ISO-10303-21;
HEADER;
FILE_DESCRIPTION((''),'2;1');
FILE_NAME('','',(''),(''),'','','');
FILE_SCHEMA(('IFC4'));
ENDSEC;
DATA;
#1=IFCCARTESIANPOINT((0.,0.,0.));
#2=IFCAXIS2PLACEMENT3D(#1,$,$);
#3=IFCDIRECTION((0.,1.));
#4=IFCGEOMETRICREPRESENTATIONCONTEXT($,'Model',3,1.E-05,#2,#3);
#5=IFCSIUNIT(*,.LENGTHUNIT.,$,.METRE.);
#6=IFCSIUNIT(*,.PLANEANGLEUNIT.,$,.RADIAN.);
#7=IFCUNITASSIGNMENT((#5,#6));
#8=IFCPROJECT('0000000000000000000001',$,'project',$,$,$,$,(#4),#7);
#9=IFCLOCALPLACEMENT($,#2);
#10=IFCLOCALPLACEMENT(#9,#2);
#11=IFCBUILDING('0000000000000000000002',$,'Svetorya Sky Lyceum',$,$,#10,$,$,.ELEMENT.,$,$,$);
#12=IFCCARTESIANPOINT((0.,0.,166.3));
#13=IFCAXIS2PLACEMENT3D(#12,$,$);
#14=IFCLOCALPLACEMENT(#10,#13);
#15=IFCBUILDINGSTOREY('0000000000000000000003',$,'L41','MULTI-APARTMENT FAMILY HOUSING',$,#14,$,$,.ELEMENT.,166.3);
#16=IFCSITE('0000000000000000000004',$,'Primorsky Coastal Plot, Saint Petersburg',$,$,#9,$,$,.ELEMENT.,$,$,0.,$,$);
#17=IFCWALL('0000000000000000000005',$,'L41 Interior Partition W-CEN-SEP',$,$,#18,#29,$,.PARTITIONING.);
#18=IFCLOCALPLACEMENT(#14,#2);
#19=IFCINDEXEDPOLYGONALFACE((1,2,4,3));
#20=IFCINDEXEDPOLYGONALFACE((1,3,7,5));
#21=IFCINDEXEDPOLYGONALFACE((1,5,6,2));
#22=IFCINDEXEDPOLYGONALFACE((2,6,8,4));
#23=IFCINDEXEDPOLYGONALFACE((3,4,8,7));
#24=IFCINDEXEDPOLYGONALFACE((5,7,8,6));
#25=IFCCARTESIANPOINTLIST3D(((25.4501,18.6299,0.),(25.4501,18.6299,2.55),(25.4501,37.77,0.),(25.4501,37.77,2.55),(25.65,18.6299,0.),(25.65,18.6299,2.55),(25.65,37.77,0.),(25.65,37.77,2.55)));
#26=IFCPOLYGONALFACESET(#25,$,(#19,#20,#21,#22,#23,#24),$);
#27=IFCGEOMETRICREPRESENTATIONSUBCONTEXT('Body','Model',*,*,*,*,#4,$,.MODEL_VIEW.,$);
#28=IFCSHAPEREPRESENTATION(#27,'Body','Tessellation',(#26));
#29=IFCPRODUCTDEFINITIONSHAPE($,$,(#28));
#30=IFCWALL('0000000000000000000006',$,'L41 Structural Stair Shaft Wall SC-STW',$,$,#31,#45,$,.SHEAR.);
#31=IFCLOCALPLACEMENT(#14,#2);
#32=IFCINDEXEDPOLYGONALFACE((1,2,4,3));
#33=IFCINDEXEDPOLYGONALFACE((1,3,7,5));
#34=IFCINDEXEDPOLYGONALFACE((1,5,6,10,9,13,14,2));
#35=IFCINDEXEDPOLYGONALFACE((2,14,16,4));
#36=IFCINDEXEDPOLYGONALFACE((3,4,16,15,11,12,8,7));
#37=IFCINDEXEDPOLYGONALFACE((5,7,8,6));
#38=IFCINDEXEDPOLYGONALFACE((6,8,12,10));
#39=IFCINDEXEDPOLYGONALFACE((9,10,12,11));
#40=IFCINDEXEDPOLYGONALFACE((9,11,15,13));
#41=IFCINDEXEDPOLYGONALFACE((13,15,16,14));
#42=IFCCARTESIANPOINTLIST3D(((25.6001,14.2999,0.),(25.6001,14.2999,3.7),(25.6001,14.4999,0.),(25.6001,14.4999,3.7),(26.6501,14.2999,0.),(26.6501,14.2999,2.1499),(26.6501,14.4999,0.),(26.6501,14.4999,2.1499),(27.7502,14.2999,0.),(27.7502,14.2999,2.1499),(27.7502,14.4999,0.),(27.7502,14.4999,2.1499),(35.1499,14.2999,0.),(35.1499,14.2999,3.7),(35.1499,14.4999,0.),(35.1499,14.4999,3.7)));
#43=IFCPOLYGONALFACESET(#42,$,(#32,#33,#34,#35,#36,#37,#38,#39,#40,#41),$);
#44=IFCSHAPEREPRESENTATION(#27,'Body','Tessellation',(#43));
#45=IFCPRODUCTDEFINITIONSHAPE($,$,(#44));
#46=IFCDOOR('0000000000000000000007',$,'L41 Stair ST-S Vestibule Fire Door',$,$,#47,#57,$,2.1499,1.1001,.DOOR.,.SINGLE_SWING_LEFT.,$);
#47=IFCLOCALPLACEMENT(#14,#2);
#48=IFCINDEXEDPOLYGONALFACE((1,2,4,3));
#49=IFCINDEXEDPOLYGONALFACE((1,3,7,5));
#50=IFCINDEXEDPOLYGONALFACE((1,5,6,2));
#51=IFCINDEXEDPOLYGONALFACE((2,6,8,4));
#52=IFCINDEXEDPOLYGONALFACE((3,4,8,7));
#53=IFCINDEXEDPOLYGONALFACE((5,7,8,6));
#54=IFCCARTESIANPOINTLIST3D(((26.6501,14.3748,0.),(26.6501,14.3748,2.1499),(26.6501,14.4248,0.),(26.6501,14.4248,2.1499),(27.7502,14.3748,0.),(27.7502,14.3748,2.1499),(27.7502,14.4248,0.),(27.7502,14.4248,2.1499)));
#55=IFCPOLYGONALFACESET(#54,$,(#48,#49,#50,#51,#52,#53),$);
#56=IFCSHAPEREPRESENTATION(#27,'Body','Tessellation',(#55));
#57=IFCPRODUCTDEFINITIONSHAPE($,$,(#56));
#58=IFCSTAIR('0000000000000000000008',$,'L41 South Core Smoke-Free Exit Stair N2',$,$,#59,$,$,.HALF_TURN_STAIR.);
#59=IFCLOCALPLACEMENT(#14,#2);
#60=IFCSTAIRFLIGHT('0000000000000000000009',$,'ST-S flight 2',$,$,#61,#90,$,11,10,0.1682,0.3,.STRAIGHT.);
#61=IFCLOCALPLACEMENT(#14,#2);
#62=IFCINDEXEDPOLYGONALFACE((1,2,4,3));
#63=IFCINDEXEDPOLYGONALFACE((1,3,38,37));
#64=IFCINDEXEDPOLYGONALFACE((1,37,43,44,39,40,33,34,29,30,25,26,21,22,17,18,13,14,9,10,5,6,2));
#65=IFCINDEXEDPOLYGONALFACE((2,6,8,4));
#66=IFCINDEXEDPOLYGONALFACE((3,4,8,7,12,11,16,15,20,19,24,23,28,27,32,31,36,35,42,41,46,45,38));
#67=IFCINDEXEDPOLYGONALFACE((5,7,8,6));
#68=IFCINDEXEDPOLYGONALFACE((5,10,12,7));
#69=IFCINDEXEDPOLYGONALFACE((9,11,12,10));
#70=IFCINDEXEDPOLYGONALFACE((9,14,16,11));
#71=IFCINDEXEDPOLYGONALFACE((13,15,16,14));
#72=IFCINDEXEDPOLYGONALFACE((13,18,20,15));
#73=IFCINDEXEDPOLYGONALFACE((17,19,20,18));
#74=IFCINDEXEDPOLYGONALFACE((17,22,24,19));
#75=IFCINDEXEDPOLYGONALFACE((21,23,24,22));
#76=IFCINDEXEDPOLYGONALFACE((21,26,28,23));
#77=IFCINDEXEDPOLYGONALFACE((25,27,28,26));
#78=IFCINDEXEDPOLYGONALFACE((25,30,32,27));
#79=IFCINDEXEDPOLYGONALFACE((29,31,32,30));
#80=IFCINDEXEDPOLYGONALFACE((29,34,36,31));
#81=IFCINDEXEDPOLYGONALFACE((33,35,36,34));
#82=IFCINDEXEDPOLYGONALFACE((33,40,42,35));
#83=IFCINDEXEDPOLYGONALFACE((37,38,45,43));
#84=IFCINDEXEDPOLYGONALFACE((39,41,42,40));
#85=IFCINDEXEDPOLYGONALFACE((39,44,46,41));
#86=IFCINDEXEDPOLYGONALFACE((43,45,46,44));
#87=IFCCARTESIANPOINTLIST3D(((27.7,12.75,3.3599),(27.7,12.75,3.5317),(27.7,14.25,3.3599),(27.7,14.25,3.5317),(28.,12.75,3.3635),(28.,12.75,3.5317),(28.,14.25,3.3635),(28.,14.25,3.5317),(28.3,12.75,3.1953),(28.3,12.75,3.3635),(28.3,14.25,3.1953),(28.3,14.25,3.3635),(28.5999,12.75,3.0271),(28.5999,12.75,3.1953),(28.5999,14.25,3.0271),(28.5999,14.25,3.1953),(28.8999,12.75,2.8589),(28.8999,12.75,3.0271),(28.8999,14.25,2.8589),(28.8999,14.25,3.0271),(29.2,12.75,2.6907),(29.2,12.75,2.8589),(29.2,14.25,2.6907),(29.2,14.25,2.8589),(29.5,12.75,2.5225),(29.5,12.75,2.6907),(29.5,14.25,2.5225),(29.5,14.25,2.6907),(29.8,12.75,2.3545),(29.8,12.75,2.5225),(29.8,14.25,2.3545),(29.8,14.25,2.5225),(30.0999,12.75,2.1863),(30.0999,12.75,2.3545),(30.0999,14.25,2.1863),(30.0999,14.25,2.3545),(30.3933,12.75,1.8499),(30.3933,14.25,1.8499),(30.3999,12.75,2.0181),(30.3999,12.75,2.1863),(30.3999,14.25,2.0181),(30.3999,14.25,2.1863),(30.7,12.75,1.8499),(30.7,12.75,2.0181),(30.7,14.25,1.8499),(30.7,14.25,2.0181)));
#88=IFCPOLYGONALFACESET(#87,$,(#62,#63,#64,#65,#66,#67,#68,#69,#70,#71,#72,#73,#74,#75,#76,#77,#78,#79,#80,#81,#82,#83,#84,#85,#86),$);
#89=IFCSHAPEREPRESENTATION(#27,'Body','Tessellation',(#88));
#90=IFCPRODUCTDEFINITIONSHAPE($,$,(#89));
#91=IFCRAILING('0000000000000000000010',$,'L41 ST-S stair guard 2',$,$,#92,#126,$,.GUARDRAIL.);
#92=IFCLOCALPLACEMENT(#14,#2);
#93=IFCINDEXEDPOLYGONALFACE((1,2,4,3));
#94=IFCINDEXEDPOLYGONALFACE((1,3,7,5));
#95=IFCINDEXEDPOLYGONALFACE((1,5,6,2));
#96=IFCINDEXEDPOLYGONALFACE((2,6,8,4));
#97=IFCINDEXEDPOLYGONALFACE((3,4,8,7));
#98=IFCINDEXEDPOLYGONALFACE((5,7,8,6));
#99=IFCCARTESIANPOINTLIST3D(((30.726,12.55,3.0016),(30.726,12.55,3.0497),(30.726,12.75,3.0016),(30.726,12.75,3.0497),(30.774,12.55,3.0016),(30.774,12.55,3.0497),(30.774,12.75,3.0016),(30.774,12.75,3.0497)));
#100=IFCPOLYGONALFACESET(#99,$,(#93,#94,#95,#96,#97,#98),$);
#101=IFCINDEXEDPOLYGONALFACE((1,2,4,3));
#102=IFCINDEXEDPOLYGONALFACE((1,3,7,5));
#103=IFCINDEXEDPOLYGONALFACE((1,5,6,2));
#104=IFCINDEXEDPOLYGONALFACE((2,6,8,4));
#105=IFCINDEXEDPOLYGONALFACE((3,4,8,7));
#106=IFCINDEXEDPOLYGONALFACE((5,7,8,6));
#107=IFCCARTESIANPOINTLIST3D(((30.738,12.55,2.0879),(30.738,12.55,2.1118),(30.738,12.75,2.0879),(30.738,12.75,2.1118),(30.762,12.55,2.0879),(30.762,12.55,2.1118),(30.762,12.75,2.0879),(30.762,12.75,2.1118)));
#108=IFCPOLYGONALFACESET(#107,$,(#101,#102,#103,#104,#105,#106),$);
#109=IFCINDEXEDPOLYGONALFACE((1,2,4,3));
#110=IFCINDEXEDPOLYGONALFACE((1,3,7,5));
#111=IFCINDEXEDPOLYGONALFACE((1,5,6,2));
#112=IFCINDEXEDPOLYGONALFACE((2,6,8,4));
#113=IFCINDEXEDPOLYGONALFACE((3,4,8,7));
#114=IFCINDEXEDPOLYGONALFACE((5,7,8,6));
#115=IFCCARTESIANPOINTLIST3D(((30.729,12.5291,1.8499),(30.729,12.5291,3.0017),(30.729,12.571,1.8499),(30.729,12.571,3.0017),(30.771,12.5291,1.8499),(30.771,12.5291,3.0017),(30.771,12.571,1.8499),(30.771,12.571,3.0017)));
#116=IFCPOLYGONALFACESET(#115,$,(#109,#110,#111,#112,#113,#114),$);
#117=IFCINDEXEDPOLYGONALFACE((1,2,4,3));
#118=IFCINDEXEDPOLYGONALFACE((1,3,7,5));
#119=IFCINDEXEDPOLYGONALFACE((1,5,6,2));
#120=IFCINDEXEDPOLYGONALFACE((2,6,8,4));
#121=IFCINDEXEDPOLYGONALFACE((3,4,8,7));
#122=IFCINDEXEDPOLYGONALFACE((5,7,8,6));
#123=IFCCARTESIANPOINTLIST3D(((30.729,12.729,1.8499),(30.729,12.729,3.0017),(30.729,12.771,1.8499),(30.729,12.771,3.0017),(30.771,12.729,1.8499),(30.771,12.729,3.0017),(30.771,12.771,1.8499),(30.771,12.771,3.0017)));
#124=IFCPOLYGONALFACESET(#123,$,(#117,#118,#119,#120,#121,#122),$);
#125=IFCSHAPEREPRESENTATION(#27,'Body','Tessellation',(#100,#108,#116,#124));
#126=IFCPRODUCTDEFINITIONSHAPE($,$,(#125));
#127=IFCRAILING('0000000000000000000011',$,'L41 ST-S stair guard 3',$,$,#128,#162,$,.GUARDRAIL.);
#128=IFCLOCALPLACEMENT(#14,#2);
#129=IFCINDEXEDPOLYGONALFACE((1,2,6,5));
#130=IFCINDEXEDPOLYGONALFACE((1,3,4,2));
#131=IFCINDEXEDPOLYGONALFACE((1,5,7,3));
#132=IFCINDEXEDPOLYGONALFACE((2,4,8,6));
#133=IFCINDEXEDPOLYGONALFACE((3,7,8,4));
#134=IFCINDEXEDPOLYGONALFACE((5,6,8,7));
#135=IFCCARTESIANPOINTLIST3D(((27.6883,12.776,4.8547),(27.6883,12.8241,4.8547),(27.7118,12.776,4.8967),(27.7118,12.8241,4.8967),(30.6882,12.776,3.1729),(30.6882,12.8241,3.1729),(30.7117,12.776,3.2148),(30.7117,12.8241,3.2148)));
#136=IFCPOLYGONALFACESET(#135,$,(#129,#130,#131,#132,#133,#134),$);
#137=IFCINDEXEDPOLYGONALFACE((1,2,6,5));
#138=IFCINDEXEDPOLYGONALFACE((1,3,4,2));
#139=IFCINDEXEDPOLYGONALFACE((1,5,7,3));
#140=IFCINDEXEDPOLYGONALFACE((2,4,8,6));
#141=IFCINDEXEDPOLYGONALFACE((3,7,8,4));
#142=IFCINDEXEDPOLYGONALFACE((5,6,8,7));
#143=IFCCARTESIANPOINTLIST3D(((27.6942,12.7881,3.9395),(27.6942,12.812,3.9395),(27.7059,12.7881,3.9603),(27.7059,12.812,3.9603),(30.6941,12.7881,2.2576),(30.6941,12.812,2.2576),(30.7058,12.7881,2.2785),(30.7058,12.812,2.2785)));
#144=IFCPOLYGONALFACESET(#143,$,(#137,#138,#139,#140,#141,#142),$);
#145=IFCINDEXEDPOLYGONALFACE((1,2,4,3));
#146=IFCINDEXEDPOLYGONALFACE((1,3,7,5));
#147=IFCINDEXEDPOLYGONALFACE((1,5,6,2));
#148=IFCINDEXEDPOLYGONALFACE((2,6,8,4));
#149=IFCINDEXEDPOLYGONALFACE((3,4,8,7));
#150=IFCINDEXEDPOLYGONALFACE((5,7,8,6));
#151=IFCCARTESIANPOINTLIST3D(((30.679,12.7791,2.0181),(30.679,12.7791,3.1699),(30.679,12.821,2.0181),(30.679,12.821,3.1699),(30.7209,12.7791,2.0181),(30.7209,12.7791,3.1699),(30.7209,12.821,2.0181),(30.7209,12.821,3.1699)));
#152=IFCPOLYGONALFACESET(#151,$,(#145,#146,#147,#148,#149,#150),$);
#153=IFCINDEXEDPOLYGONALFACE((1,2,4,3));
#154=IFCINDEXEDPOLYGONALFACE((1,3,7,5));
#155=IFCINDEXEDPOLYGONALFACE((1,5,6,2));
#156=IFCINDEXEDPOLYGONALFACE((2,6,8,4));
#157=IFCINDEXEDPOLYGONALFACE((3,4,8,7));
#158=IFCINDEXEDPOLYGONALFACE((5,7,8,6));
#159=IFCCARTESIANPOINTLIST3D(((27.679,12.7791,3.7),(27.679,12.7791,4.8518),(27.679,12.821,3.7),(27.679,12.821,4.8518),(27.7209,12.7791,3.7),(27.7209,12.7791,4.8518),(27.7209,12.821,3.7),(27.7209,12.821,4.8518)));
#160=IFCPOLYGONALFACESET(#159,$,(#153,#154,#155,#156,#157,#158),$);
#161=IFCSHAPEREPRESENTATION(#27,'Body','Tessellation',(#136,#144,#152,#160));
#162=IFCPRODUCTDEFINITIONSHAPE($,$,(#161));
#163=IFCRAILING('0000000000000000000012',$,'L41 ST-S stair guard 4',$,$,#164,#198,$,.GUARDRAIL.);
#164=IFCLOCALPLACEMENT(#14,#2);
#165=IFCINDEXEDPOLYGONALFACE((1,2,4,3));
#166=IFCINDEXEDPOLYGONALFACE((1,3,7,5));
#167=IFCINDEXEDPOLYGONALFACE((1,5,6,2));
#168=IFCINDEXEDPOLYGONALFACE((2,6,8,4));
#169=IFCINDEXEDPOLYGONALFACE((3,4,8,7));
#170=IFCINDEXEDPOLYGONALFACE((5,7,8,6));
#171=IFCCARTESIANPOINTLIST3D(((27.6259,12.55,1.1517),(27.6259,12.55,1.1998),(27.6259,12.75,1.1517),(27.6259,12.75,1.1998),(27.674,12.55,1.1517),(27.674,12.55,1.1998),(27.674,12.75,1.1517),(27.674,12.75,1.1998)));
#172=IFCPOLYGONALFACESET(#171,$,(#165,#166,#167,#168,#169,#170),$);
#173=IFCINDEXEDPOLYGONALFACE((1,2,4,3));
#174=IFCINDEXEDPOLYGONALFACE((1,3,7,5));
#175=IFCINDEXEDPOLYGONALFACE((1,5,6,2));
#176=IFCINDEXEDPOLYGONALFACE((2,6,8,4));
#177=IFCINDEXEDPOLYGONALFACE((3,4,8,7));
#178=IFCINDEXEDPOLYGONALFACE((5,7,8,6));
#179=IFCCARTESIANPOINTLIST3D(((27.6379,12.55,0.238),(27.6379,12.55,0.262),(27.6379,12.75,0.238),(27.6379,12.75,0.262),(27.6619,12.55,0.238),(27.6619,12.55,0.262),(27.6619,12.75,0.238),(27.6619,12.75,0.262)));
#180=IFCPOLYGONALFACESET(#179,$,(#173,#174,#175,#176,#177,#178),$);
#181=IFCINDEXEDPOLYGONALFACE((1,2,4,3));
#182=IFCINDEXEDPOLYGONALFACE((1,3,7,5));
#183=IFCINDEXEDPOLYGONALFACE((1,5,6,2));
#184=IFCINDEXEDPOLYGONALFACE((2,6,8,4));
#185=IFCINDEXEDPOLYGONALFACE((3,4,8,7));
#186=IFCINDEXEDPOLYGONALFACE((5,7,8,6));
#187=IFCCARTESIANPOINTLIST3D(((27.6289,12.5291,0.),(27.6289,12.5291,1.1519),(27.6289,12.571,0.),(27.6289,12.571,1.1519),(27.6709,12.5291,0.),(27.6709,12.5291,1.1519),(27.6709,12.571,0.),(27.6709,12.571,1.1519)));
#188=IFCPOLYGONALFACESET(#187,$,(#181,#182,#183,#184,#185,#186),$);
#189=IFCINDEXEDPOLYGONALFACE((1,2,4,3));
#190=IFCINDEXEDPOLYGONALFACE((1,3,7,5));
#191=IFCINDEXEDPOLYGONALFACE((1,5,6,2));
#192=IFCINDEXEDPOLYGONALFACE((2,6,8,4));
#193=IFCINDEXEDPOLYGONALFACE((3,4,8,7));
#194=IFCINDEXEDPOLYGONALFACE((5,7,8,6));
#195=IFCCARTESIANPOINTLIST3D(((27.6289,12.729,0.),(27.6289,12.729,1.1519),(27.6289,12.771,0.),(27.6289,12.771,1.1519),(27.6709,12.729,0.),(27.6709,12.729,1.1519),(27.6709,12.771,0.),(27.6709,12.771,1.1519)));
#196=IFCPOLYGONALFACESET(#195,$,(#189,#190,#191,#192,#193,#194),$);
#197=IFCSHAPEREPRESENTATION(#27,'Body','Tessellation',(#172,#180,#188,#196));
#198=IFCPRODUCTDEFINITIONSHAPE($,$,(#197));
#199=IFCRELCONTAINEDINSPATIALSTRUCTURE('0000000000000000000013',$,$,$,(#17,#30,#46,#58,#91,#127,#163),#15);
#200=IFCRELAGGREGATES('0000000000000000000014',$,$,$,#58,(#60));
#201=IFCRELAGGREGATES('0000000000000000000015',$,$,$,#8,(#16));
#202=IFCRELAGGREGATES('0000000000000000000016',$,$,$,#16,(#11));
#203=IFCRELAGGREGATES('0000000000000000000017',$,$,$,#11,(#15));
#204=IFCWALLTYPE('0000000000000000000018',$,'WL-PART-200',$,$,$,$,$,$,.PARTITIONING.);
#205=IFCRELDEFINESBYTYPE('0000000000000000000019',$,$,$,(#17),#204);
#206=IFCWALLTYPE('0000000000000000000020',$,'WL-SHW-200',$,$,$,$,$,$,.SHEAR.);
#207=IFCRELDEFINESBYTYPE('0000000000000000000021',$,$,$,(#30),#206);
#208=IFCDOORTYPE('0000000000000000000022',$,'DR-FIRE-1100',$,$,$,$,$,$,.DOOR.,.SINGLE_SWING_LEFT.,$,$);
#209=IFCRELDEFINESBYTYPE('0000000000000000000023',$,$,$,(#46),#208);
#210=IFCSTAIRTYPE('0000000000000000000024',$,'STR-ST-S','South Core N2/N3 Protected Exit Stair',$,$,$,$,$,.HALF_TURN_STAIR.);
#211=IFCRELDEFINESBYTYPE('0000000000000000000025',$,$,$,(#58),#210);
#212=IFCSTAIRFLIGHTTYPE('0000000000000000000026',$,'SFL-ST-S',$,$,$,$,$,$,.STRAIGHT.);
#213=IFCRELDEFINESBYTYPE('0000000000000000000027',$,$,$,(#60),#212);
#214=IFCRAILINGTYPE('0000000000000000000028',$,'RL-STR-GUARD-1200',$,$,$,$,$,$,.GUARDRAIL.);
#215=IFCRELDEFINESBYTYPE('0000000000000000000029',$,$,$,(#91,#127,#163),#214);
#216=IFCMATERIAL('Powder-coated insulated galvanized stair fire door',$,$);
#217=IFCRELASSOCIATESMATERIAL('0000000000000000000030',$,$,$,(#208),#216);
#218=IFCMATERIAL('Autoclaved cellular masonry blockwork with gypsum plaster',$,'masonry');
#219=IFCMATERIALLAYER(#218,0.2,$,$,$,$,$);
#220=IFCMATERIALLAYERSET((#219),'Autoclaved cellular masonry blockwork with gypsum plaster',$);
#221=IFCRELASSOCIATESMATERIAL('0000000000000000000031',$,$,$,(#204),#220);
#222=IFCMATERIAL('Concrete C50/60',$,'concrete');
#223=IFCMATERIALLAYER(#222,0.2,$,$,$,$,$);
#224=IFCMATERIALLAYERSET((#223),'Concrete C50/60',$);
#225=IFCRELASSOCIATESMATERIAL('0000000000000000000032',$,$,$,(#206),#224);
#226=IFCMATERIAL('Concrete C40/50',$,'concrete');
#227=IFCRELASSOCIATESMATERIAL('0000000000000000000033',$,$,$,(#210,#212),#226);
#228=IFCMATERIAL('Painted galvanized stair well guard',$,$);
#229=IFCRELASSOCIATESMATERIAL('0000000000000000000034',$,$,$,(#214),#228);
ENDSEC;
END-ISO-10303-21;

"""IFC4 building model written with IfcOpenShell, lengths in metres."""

from ifc_helpers import new_model, si_unit, direction, frame, frame_2d, origin, origin_2d, place, context, subcontext, project, spatial, polyline, rectangle, outline, extrude, material, layer, layer_set, type_object, element, fill, aggregate, save


model = new_model("IFC4")

# Units and contexts
model_context = context("Model", 3, precision=1e-05, world=origin(), true_north=direction((0.0, 1.0)))
body_context = subcontext(model_context, "Body", "Model", "MODEL_VIEW")
ifc_project = project(units=[si_unit("LENGTHUNIT", "METRE"), si_unit("PLANEANGLEUNIT", "RADIAN")], contexts=[model_context])

# Site, building, storey
site_placement = place(None, origin())
site = spatial("IfcSite", under=ifc_project, at=site_placement, Name="Primorsky Coastal Plot, Saint Petersburg", CompositionType="ELEMENT", RefElevation=0.0)
building_placement = place(site_placement, origin())
building = spatial("IfcBuilding", under=site, at=building_placement, Name="Svetorya Sky Lyceum", CompositionType="ELEMENT")
storey_placement = place(building_placement, frame((0.0, 0.0, 166.3)))
storey = spatial("IfcBuildingStorey", under=building, at=storey_placement, Name="L41", Description="MULTI-APARTMENT FAMILY HOUSING", CompositionType="ELEMENT", Elevation=166.3)

# Shared definitions
ifc_material_1 = material(Name="Concrete C50/60", Category="concrete")

# Shared definitions
ifc_material_2 = material(Name="Powder-coated insulated galvanized stair fire door")
door_type_1 = type_object("IfcDoorType", Name="DR-FIRE-1100", OperationType="SINGLE_SWING_LEFT", PredefinedType="DOOR", material=ifc_material_2)

# Wall
ifc_material_3 = material(Name="Autoclaved cellular masonry blockwork with gypsum plaster", Category="masonry")
ifc_layer_1 = layer(ifc_material_3, 0.2)
ifc_layer_set_1 = layer_set([ifc_layer_1], Name="Autoclaved cellular masonry blockwork with gypsum plaster")
wall_type_1 = type_object("IfcWallType", Name="WL-PART-200", PredefinedType="PARTITIONING", material=ifc_layer_set_1)
wall_1_placement = place(storey_placement, frame((25.55, 18.6299, 0.0), z_axis=(0.0, 0.0, 1.0), x_axis=(0.0, 1.0, 0.0)))
element("IfcWall", 1, at=wall_1_placement, inside=storey, type_object=wall_type_1, Name="L41 Interior Partition W-CEN-SEP", PredefinedType="PARTITIONING", context=body_context, shape_type="SweptSolid", body=[
    extrude(rectangle(XDim=19.1401, YDim=0.2, at=frame_2d((9.5701, 0.0))), origin(), (0.0, 0.0, 1.0), 2.55),
])

# Wall, opening, door
ifc_layer_2 = layer(ifc_material_1, 0.2)
ifc_layer_set_2 = layer_set([ifc_layer_2], Name="Concrete C50/60")
wall_type_2 = type_object("IfcWallType", Name="WL-SHW-200", PredefinedType="SHEAR", material=ifc_layer_set_2)
wall_2_placement = place(storey_placement, frame((25.6001, 14.3999, 0.0), z_axis=(0.0, 0.0, 1.0), x_axis=(1.0, 0.0, 0.0)))
wall_2 = element("IfcWall", 2, at=wall_2_placement, inside=storey, type_object=wall_type_2, Name="L41 Structural Stair Shaft Wall SC-STW", PredefinedType="SHEAR", context=body_context, shape_type="SweptSolid", body=[
    extrude(rectangle(XDim=9.5498, YDim=0.2, at=frame_2d((4.7749, 0.0))), origin(), (0.0, 0.0, 1.0), 3.7),
])
opening_1_placement = place(wall_2_placement, frame((1.05, 0.0, 0.0)))
opening_1 = element("IfcOpeningElement", 3, at=opening_1_placement, cuts=wall_2, PredefinedType="OPENING", context=body_context, shape_type="SweptSolid", body=[
    extrude(rectangle(XDim=1.1001, YDim=2.1499, at=frame_2d((0.55, 1.075))), frame((0.0, 0.1099, 0.0), z_axis=(0.0, -1.0, 0.0), x_axis=(1.0, 0.0, 0.0)), (0.0, 0.0, 1.0), 0.22),
])
door_1_placement = place(opening_1_placement, origin())
door_1 = element("IfcDoor", 4, at=door_1_placement, inside=storey, type_object=door_type_1, Name="L41 Stair ST-S Vestibule Fire Door", OperationType="SINGLE_SWING_LEFT", OverallHeight=2.1499, OverallWidth=1.1001, PredefinedType="DOOR", context=body_context, shape_type="SweptSolid", body=[
    extrude(rectangle(XDim=1.1001, YDim=2.1499, at=frame_2d((0.55, 1.075))), frame((0.0, 0.0249, 0.0), z_axis=(0.0, -1.0, 0.0), x_axis=(1.0, 0.0, 0.0)), (0.0, 0.0, 1.0), 0.05),
])
fill(opening_1, door_1)

# Stair, stair flight
ifc_material_4 = material(Name="Concrete C40/50", Category="concrete")
stair_type = type_object("IfcStairType", Name="STR-ST-S", Description="South Core N2/N3 Protected Exit Stair", PredefinedType="HALF_TURN_STAIR", material=ifc_material_4)
stair_placement = place(storey_placement, origin())
stair = element("IfcStair", 5, at=stair_placement, inside=storey, type_object=stair_type, Name="L41 South Core Smoke-Free Exit Stair N2", PredefinedType="HALF_TURN_STAIR")
stair_flight_type = type_object("IfcStairFlightType", Name="SFL-ST-S", PredefinedType="STRAIGHT", material=ifc_material_4)
stair_flight_placement = place(storey_placement, frame((30.7, 13.5, 1.8499), z_axis=(0.0, 0.0, 1.0), x_axis=(-1.0, 0.0, 0.0)))
stair_flight = element("IfcStairFlight", 6, at=stair_flight_placement, type_object=stair_flight_type, Name="ST-S flight 2", NumberOfRisers=11, NumberOfTreads=10, PredefinedType="STRAIGHT", RiserHeight=0.1682, TreadLength=0.3, context=body_context, shape_type="SweptSolid", body=[
    extrude(outline(polyline([(0.0, 0.0), (0.0, 0.1682), (0.3, 0.1682), (0.3, 0.3364), (0.6001, 0.3364), (0.6001, 0.5046), (0.8999, 0.5046), (0.8999, 0.6726), (1.2, 0.6726), (1.2, 0.8408), (1.5, 0.8408), (1.5, 1.009), (1.8, 1.009), (1.8, 1.1772), (2.1001, 1.1772), (2.1001, 1.3455), (2.3999, 1.3455), (2.3999, 1.5137), (2.7, 1.5137), (2.7, 1.6819), (3.0, 1.6819), (3.0, 1.8501), (3.0, 1.51), (0.3066, 0.0), (0.0, 0.0)])), frame((0.0, 0.75, 0.0), z_axis=(0.0, -1.0, 0.0), x_axis=(1.0, 0.0, 0.0)), (0.0, 0.0, 1.0), 1.5),
])
aggregate(stair, [stair_flight])

# Railings
ifc_material_5 = material(Name="Painted galvanized stair well guard")
railing_type_1 = type_object("IfcRailingType", Name="RL-STR-GUARD-1200", PredefinedType="GUARDRAIL", material=ifc_material_5)
railing_1_placement = place(storey_placement, frame((30.75, 12.55, 1.8499)))
element("IfcRailing", 7, at=railing_1_placement, inside=storey, type_object=railing_type_1, Name="L41 ST-S stair guard 2", PredefinedType="GUARDRAIL", context=body_context, shape_type="SweptSolid", body=[
    extrude(rectangle(XDim=0.0481, YDim=0.0481, at=origin_2d()), frame((0.0, 0.0, 1.1758), z_axis=(0.0, 1.0, 0.0), x_axis=(-1.0, 0.0, 0.0)), (0.0, 0.0, 1.0), 0.2),
    extrude(rectangle(XDim=0.0239, YDim=0.0239, at=origin_2d()), frame((0.0, 0.0, 0.25), z_axis=(0.0, 1.0, 0.0), x_axis=(-1.0, 0.0, 0.0)), (0.0, 0.0, 1.0), 0.2),
    extrude(rectangle(XDim=0.042, YDim=0.042, at=origin_2d()), origin(), (0.0, 0.0, 1.0), 1.1519),
    extrude(rectangle(XDim=0.042, YDim=0.042, at=origin_2d()), frame((0.0, 0.2, 0.0)), (0.0, 0.0, 1.0), 1.1519),
])
railing_2_placement = place(storey_placement, frame((30.7, 12.8, 2.0181)))
element("IfcRailing", 8, at=railing_2_placement, inside=storey, type_object=railing_type_1, Name="L41 ST-S stair guard 3", PredefinedType="GUARDRAIL", context=body_context, shape_type="SweptSolid", body=[
    extrude(rectangle(XDim=0.0481, YDim=0.0481, at=origin_2d()), frame((0.0, 0.0, 1.1758), z_axis=(-0.872272, 0.0, 0.48902), x_axis=(0.0, -1.0, 0.0)), (0.0, 0.0, 1.0), 3.4392),
    extrude(rectangle(XDim=0.0239, YDim=0.0239, at=origin_2d()), frame((0.0, 0.0, 0.25), z_axis=(-0.872272, 0.0, 0.48902), x_axis=(0.0, -1.0, 0.0)), (0.0, 0.0, 1.0), 3.4392),
    extrude(rectangle(XDim=0.042, YDim=0.042, at=origin_2d()), origin(), (0.0, 0.0, 1.0), 1.1519),
    extrude(rectangle(XDim=0.042, YDim=0.042, at=origin_2d()), frame((-3.0, 0.0, 1.6819)), (0.0, 0.0, 1.0), 1.1519),
])
railing_3_placement = place(storey_placement, frame((27.6499, 12.55, 0.0)))
element("IfcRailing", 9, at=railing_3_placement, inside=storey, type_object=railing_type_1, Name="L41 ST-S stair guard 4", PredefinedType="GUARDRAIL", context=body_context, shape_type="SweptSolid", body=[
    extrude(rectangle(XDim=0.0481, YDim=0.0481, at=origin_2d()), frame((0.0, 0.0, 1.1758), z_axis=(0.0, 1.0, 0.0), x_axis=(-1.0, 0.0, 0.0)), (0.0, 0.0, 1.0), 0.2),
    extrude(rectangle(XDim=0.0239, YDim=0.0239, at=origin_2d()), frame((0.0, 0.0, 0.25), z_axis=(0.0, 1.0, 0.0), x_axis=(-1.0, 0.0, 0.0)), (0.0, 0.0, 1.0), 0.2),
    extrude(rectangle(XDim=0.042, YDim=0.042, at=origin_2d()), origin(), (0.0, 0.0, 1.0), 1.1519),
    extrude(rectangle(XDim=0.042, YDim=0.042, at=origin_2d()), frame((0.0, 0.2, 0.0)), (0.0, 0.0, 1.0), 1.1519),
])

save(model, "model.ifc")
